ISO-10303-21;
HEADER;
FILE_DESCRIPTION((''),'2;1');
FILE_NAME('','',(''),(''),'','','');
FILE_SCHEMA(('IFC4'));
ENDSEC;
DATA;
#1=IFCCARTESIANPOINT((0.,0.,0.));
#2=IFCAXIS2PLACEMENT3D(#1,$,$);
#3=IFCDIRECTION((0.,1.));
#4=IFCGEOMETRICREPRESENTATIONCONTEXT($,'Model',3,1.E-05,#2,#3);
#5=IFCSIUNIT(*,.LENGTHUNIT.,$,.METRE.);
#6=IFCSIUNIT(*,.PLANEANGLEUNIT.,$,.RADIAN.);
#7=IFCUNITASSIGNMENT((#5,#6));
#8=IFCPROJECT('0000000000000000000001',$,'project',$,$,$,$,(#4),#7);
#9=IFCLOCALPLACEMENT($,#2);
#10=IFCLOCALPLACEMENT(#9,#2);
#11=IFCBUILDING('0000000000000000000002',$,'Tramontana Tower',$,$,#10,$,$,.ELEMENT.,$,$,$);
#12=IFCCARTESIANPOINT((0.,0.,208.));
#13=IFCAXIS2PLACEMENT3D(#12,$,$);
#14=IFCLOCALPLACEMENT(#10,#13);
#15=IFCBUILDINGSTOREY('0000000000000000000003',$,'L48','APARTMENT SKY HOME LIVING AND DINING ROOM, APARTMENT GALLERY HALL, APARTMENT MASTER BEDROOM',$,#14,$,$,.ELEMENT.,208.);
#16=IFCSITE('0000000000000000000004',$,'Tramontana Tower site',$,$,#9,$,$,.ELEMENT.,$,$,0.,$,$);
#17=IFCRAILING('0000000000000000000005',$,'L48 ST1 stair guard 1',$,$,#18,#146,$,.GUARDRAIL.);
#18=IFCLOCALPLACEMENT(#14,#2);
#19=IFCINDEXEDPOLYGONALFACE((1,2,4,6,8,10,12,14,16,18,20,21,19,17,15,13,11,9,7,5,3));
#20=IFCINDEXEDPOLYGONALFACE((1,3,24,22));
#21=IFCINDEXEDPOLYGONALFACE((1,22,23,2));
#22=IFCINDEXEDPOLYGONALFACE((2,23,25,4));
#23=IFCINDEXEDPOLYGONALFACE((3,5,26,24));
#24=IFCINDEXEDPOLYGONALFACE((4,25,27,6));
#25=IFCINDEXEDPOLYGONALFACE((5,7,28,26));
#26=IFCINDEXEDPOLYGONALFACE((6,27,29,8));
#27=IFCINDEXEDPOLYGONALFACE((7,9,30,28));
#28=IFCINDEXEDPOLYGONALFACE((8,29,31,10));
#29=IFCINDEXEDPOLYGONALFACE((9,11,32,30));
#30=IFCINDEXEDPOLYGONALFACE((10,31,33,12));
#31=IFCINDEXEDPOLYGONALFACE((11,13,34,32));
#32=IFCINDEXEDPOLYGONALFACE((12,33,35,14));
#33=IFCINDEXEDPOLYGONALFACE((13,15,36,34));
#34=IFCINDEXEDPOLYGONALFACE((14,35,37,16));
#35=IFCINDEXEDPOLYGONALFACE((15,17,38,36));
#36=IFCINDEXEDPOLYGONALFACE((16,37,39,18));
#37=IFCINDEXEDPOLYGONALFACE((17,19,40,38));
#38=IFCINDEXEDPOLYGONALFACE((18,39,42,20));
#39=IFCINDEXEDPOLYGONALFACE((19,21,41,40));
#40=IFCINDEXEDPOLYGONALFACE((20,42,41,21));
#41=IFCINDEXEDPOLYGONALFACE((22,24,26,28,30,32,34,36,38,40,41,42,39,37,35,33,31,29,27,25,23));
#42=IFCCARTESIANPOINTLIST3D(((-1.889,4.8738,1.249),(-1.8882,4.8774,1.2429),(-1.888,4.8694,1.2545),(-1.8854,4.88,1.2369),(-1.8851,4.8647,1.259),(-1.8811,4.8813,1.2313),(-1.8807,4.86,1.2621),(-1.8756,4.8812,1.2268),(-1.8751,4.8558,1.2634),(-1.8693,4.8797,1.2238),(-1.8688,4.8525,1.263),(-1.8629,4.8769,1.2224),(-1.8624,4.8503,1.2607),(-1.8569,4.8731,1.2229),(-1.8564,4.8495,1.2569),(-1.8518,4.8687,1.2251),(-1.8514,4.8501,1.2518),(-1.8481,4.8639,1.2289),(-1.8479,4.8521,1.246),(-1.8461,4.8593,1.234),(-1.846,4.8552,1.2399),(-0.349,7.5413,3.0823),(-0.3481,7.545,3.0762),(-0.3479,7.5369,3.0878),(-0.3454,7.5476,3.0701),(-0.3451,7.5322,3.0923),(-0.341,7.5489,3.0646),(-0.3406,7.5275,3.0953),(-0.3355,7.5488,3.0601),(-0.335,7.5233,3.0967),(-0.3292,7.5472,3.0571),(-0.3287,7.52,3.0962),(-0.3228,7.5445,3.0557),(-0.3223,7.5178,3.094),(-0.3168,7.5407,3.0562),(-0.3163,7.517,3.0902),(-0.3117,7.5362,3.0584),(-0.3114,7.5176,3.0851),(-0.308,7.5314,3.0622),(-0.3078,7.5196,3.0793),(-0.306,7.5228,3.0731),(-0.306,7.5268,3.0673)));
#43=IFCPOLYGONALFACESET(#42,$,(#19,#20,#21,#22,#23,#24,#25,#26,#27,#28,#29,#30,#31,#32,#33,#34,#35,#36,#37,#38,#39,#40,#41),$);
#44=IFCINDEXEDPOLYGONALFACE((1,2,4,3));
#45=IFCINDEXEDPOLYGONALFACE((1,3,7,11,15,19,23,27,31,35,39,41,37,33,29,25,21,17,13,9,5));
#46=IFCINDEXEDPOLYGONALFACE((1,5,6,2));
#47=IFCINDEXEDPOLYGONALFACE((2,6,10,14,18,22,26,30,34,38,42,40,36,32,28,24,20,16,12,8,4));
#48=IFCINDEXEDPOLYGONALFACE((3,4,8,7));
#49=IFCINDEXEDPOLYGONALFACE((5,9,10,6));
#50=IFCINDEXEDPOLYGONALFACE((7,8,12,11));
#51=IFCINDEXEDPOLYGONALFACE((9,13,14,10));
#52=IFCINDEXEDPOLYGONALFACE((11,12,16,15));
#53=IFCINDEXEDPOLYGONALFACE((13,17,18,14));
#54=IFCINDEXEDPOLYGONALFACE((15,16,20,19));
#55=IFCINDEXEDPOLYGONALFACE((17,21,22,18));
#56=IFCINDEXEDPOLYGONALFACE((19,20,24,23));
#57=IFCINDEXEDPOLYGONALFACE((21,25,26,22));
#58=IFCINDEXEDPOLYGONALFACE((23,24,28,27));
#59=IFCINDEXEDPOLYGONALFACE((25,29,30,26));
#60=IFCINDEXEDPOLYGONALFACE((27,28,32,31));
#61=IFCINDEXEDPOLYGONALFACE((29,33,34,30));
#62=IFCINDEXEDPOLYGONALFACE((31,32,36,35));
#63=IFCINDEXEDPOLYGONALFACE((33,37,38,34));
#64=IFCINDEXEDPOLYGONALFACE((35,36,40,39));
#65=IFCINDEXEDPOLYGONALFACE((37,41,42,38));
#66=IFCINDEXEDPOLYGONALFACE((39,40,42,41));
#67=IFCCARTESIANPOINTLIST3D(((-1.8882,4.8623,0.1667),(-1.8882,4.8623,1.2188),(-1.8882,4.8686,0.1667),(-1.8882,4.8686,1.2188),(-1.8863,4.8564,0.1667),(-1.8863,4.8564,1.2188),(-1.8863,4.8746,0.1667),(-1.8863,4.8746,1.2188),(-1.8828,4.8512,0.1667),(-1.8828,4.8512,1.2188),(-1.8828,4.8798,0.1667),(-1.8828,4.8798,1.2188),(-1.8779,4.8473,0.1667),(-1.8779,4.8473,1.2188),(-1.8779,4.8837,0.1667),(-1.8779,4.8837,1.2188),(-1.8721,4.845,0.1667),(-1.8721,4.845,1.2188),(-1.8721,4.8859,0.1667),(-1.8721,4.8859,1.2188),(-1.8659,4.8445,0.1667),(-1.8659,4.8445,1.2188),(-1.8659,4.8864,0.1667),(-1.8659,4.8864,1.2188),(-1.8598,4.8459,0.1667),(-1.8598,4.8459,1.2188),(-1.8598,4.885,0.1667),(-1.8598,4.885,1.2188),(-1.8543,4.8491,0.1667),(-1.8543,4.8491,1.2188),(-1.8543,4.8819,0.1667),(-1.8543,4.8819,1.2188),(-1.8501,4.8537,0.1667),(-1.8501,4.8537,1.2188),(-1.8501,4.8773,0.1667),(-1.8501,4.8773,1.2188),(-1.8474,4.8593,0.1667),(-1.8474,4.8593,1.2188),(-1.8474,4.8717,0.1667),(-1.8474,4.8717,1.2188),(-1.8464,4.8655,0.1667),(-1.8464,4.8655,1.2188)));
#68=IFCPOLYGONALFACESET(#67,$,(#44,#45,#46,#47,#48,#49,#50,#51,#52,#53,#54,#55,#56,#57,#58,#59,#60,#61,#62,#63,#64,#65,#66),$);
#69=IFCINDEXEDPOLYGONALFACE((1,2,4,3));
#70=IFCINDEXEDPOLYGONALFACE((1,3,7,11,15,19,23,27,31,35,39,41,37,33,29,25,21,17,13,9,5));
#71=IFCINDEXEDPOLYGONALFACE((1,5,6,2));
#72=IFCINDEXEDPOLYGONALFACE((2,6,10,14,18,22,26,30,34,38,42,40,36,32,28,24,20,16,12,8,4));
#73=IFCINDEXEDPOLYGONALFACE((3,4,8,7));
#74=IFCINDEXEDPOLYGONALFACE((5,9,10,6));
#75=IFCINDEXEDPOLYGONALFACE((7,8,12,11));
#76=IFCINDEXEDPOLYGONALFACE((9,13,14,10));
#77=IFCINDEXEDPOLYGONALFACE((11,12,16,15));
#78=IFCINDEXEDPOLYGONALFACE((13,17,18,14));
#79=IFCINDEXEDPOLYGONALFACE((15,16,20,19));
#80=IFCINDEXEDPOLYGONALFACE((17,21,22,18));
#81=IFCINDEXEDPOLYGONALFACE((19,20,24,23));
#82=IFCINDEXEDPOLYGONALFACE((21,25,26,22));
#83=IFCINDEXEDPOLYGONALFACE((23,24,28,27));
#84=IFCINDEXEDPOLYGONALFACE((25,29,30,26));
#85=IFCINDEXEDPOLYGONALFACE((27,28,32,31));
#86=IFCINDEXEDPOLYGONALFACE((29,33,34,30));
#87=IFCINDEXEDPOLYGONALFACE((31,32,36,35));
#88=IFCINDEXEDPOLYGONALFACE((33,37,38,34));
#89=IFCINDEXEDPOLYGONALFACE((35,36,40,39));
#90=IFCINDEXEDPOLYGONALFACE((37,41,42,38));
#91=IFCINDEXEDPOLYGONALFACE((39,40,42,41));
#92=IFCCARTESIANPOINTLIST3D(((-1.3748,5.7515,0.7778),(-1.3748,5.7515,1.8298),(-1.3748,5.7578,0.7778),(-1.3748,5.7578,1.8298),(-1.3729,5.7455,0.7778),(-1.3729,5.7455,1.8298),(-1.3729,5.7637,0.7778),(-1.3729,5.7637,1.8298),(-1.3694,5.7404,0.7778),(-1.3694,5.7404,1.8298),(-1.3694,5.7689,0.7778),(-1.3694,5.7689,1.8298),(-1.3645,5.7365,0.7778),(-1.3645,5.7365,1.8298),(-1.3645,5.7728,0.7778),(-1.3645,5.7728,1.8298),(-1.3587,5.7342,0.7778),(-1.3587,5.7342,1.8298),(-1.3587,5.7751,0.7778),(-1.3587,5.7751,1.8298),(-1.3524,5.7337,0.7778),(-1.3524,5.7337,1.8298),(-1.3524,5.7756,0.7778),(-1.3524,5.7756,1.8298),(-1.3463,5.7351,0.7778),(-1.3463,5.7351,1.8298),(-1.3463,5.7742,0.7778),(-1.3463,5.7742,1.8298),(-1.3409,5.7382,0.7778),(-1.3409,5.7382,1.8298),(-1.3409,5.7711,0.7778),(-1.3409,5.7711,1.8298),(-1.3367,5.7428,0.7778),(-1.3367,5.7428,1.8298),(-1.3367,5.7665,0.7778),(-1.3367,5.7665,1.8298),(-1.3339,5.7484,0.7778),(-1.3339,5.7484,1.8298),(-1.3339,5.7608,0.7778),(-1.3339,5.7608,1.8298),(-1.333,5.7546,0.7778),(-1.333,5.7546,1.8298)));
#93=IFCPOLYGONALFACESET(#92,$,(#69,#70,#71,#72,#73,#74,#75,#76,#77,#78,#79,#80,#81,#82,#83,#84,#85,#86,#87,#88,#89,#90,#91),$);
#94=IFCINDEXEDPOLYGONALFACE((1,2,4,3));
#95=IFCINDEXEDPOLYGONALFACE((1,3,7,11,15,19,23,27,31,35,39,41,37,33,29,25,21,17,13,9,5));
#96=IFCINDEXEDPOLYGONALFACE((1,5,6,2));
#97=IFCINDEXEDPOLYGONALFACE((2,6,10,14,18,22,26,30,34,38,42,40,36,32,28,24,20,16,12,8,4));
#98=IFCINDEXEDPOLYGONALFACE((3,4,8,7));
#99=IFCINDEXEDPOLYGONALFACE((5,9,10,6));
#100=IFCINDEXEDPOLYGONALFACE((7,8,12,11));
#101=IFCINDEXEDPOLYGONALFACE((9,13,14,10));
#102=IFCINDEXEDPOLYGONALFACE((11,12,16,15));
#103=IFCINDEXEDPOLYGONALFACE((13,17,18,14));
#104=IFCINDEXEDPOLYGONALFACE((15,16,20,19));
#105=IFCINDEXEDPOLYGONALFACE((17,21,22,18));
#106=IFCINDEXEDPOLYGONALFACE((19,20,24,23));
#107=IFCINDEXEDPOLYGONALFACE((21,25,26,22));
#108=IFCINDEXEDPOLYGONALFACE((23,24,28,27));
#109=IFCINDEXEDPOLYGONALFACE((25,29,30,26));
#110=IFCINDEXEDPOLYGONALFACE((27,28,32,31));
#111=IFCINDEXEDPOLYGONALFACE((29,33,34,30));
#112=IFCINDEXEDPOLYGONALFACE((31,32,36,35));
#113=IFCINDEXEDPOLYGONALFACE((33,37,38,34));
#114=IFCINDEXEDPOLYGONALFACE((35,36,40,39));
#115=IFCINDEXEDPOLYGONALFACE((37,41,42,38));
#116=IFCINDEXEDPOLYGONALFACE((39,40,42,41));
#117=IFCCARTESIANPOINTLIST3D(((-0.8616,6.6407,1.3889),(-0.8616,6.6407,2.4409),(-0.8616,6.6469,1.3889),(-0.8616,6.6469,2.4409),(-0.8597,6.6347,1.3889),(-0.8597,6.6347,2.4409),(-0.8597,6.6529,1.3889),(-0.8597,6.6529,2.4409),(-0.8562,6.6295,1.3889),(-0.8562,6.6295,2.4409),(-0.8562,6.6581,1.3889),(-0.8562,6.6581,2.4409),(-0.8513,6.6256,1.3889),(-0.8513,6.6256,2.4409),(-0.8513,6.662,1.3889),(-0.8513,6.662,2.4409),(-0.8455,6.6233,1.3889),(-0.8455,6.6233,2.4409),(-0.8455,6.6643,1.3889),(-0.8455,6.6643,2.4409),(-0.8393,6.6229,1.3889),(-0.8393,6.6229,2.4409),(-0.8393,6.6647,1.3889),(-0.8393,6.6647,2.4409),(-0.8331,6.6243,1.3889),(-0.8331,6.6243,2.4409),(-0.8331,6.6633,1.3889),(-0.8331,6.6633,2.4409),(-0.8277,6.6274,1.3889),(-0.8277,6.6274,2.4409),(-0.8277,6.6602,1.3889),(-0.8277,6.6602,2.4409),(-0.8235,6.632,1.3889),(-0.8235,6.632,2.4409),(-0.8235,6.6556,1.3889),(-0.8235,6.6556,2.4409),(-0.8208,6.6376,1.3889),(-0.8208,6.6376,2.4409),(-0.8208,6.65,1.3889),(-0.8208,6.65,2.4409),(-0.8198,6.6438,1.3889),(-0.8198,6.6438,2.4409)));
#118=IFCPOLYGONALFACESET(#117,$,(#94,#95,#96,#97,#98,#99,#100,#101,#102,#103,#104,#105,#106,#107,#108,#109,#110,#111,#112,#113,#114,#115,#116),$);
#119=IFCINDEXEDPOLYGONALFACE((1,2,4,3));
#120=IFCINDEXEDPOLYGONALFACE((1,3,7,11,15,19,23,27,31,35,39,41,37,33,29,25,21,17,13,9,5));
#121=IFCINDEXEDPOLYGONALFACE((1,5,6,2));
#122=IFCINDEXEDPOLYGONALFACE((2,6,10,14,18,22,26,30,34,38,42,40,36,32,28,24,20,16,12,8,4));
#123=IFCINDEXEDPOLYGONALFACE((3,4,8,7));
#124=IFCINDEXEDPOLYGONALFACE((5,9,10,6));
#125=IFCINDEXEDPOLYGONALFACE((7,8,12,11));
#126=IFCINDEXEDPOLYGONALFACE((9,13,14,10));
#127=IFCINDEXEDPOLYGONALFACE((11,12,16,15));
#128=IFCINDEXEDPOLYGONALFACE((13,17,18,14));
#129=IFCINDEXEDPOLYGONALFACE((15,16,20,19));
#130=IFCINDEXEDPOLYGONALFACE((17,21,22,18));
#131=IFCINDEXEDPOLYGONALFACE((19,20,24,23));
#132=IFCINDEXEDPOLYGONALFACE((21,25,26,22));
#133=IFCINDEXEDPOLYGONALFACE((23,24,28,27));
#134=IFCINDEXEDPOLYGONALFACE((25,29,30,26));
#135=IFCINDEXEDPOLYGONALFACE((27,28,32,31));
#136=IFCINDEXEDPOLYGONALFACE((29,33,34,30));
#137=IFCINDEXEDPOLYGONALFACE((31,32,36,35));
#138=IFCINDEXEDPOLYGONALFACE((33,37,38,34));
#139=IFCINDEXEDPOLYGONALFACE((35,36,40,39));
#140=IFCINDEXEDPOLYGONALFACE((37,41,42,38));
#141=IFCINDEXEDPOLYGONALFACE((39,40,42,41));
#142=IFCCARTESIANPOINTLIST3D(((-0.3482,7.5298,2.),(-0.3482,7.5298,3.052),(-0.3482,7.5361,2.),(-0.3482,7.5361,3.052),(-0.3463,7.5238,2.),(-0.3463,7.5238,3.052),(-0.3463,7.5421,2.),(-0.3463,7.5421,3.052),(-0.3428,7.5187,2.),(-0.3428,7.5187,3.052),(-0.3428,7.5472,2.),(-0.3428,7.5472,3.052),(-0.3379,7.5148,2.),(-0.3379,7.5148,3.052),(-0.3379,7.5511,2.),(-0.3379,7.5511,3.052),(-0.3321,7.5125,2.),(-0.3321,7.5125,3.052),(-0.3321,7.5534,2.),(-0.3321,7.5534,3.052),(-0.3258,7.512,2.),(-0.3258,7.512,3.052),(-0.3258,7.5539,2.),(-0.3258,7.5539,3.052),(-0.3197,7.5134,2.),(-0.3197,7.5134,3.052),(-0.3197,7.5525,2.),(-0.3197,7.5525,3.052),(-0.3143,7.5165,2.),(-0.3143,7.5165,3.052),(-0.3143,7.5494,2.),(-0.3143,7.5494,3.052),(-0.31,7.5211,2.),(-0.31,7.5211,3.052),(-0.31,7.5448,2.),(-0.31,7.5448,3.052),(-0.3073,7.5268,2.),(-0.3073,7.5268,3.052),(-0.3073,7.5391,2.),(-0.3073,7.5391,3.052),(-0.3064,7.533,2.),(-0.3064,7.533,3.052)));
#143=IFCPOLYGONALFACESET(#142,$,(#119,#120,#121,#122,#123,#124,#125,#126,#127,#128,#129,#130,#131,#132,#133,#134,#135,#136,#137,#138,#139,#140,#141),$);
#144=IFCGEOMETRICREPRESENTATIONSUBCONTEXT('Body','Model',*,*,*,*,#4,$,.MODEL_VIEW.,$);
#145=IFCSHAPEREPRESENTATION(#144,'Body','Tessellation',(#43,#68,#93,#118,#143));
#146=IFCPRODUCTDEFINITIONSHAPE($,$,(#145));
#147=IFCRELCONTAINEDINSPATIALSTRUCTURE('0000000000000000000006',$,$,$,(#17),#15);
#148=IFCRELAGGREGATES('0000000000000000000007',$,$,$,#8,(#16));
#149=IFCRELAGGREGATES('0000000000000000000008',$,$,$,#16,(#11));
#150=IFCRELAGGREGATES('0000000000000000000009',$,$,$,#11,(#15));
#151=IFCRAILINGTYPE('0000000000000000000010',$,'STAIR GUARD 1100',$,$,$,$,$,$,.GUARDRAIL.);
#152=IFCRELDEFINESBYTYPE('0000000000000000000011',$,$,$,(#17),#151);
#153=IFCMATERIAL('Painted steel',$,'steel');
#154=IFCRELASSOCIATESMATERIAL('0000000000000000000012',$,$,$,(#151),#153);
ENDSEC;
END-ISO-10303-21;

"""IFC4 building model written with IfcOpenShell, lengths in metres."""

from ifc_helpers import new_model, si_unit, direction, frame, origin, origin_2d, place, context, subcontext, project, spatial, circle, extrude, material, type_object, element, save


model = new_model("IFC4")

# Units and contexts
model_context = context("Model", 3, precision=1e-05, world=origin(), true_north=direction((0.0, 1.0)))
body_context = subcontext(model_context, "Body", "Model", "MODEL_VIEW")
ifc_project = project(units=[si_unit("LENGTHUNIT", "METRE"), si_unit("PLANEANGLEUNIT", "RADIAN")], contexts=[model_context])

# Site, building, storey
site_placement = place(None, origin())
site = spatial("IfcSite", under=ifc_project, at=site_placement, Name="Tramontana Tower site", CompositionType="ELEMENT", RefElevation=0.0)
building_placement = place(site_placement, origin())
building = spatial("IfcBuilding", under=site, at=building_placement, Name="Tramontana Tower", CompositionType="ELEMENT")
storey_placement = place(building_placement, frame((0.0, 0.0, 208.0)))
storey = spatial("IfcBuildingStorey", under=building, at=storey_placement, Name="L48", Description="APARTMENT SKY HOME LIVING AND DINING ROOM, APARTMENT GALLERY HALL, APARTMENT MASTER BEDROOM", CompositionType="ELEMENT", Elevation=208.0)

# Railing
ifc_material_1 = material(Name="Painted steel", Category="steel")
railing_type_1 = type_object("IfcRailingType", Name="STAIR GUARD 1100", PredefinedType="GUARDRAIL", material=ifc_material_1)
railing_1_placement = place(storey_placement, frame((-1.8674, 4.8655, 0.1667)))
element("IfcRailing", 1, at=railing_1_placement, inside=storey, type_object=railing_type_1, Name="L48 ST1 stair guard 1", PredefinedType="GUARDRAIL", context=body_context, shape_type="SweptSolid", body=[
    extrude(circle(Radius=0.0239, at=origin_2d()), frame((0.0, 0.0, 1.0762), z_axis=(0.429649, 0.74419, 0.511452), x_axis=(-0.86603, 0.499992, 0.0)), (0.0, 0.0, 1.0), 3.5845),
    extrude(circle(Radius=0.021, at=origin_2d()), origin(), (0.0, 0.0, 1.0), 1.052),
    extrude(circle(Radius=0.021, at=origin_2d()), frame((0.5134, 0.8892, 0.6111)), (0.0, 0.0, 1.0), 1.052),
    extrude(circle(Radius=0.021, at=origin_2d()), frame((1.0266, 1.7783, 1.2222)), (0.0, 0.0, 1.0), 1.052),
    extrude(circle(Radius=0.021, at=origin_2d()), frame((1.54, 2.6675, 1.8333)), (0.0, 0.0, 1.0), 1.052),
])

save(model, "model.ifc")
